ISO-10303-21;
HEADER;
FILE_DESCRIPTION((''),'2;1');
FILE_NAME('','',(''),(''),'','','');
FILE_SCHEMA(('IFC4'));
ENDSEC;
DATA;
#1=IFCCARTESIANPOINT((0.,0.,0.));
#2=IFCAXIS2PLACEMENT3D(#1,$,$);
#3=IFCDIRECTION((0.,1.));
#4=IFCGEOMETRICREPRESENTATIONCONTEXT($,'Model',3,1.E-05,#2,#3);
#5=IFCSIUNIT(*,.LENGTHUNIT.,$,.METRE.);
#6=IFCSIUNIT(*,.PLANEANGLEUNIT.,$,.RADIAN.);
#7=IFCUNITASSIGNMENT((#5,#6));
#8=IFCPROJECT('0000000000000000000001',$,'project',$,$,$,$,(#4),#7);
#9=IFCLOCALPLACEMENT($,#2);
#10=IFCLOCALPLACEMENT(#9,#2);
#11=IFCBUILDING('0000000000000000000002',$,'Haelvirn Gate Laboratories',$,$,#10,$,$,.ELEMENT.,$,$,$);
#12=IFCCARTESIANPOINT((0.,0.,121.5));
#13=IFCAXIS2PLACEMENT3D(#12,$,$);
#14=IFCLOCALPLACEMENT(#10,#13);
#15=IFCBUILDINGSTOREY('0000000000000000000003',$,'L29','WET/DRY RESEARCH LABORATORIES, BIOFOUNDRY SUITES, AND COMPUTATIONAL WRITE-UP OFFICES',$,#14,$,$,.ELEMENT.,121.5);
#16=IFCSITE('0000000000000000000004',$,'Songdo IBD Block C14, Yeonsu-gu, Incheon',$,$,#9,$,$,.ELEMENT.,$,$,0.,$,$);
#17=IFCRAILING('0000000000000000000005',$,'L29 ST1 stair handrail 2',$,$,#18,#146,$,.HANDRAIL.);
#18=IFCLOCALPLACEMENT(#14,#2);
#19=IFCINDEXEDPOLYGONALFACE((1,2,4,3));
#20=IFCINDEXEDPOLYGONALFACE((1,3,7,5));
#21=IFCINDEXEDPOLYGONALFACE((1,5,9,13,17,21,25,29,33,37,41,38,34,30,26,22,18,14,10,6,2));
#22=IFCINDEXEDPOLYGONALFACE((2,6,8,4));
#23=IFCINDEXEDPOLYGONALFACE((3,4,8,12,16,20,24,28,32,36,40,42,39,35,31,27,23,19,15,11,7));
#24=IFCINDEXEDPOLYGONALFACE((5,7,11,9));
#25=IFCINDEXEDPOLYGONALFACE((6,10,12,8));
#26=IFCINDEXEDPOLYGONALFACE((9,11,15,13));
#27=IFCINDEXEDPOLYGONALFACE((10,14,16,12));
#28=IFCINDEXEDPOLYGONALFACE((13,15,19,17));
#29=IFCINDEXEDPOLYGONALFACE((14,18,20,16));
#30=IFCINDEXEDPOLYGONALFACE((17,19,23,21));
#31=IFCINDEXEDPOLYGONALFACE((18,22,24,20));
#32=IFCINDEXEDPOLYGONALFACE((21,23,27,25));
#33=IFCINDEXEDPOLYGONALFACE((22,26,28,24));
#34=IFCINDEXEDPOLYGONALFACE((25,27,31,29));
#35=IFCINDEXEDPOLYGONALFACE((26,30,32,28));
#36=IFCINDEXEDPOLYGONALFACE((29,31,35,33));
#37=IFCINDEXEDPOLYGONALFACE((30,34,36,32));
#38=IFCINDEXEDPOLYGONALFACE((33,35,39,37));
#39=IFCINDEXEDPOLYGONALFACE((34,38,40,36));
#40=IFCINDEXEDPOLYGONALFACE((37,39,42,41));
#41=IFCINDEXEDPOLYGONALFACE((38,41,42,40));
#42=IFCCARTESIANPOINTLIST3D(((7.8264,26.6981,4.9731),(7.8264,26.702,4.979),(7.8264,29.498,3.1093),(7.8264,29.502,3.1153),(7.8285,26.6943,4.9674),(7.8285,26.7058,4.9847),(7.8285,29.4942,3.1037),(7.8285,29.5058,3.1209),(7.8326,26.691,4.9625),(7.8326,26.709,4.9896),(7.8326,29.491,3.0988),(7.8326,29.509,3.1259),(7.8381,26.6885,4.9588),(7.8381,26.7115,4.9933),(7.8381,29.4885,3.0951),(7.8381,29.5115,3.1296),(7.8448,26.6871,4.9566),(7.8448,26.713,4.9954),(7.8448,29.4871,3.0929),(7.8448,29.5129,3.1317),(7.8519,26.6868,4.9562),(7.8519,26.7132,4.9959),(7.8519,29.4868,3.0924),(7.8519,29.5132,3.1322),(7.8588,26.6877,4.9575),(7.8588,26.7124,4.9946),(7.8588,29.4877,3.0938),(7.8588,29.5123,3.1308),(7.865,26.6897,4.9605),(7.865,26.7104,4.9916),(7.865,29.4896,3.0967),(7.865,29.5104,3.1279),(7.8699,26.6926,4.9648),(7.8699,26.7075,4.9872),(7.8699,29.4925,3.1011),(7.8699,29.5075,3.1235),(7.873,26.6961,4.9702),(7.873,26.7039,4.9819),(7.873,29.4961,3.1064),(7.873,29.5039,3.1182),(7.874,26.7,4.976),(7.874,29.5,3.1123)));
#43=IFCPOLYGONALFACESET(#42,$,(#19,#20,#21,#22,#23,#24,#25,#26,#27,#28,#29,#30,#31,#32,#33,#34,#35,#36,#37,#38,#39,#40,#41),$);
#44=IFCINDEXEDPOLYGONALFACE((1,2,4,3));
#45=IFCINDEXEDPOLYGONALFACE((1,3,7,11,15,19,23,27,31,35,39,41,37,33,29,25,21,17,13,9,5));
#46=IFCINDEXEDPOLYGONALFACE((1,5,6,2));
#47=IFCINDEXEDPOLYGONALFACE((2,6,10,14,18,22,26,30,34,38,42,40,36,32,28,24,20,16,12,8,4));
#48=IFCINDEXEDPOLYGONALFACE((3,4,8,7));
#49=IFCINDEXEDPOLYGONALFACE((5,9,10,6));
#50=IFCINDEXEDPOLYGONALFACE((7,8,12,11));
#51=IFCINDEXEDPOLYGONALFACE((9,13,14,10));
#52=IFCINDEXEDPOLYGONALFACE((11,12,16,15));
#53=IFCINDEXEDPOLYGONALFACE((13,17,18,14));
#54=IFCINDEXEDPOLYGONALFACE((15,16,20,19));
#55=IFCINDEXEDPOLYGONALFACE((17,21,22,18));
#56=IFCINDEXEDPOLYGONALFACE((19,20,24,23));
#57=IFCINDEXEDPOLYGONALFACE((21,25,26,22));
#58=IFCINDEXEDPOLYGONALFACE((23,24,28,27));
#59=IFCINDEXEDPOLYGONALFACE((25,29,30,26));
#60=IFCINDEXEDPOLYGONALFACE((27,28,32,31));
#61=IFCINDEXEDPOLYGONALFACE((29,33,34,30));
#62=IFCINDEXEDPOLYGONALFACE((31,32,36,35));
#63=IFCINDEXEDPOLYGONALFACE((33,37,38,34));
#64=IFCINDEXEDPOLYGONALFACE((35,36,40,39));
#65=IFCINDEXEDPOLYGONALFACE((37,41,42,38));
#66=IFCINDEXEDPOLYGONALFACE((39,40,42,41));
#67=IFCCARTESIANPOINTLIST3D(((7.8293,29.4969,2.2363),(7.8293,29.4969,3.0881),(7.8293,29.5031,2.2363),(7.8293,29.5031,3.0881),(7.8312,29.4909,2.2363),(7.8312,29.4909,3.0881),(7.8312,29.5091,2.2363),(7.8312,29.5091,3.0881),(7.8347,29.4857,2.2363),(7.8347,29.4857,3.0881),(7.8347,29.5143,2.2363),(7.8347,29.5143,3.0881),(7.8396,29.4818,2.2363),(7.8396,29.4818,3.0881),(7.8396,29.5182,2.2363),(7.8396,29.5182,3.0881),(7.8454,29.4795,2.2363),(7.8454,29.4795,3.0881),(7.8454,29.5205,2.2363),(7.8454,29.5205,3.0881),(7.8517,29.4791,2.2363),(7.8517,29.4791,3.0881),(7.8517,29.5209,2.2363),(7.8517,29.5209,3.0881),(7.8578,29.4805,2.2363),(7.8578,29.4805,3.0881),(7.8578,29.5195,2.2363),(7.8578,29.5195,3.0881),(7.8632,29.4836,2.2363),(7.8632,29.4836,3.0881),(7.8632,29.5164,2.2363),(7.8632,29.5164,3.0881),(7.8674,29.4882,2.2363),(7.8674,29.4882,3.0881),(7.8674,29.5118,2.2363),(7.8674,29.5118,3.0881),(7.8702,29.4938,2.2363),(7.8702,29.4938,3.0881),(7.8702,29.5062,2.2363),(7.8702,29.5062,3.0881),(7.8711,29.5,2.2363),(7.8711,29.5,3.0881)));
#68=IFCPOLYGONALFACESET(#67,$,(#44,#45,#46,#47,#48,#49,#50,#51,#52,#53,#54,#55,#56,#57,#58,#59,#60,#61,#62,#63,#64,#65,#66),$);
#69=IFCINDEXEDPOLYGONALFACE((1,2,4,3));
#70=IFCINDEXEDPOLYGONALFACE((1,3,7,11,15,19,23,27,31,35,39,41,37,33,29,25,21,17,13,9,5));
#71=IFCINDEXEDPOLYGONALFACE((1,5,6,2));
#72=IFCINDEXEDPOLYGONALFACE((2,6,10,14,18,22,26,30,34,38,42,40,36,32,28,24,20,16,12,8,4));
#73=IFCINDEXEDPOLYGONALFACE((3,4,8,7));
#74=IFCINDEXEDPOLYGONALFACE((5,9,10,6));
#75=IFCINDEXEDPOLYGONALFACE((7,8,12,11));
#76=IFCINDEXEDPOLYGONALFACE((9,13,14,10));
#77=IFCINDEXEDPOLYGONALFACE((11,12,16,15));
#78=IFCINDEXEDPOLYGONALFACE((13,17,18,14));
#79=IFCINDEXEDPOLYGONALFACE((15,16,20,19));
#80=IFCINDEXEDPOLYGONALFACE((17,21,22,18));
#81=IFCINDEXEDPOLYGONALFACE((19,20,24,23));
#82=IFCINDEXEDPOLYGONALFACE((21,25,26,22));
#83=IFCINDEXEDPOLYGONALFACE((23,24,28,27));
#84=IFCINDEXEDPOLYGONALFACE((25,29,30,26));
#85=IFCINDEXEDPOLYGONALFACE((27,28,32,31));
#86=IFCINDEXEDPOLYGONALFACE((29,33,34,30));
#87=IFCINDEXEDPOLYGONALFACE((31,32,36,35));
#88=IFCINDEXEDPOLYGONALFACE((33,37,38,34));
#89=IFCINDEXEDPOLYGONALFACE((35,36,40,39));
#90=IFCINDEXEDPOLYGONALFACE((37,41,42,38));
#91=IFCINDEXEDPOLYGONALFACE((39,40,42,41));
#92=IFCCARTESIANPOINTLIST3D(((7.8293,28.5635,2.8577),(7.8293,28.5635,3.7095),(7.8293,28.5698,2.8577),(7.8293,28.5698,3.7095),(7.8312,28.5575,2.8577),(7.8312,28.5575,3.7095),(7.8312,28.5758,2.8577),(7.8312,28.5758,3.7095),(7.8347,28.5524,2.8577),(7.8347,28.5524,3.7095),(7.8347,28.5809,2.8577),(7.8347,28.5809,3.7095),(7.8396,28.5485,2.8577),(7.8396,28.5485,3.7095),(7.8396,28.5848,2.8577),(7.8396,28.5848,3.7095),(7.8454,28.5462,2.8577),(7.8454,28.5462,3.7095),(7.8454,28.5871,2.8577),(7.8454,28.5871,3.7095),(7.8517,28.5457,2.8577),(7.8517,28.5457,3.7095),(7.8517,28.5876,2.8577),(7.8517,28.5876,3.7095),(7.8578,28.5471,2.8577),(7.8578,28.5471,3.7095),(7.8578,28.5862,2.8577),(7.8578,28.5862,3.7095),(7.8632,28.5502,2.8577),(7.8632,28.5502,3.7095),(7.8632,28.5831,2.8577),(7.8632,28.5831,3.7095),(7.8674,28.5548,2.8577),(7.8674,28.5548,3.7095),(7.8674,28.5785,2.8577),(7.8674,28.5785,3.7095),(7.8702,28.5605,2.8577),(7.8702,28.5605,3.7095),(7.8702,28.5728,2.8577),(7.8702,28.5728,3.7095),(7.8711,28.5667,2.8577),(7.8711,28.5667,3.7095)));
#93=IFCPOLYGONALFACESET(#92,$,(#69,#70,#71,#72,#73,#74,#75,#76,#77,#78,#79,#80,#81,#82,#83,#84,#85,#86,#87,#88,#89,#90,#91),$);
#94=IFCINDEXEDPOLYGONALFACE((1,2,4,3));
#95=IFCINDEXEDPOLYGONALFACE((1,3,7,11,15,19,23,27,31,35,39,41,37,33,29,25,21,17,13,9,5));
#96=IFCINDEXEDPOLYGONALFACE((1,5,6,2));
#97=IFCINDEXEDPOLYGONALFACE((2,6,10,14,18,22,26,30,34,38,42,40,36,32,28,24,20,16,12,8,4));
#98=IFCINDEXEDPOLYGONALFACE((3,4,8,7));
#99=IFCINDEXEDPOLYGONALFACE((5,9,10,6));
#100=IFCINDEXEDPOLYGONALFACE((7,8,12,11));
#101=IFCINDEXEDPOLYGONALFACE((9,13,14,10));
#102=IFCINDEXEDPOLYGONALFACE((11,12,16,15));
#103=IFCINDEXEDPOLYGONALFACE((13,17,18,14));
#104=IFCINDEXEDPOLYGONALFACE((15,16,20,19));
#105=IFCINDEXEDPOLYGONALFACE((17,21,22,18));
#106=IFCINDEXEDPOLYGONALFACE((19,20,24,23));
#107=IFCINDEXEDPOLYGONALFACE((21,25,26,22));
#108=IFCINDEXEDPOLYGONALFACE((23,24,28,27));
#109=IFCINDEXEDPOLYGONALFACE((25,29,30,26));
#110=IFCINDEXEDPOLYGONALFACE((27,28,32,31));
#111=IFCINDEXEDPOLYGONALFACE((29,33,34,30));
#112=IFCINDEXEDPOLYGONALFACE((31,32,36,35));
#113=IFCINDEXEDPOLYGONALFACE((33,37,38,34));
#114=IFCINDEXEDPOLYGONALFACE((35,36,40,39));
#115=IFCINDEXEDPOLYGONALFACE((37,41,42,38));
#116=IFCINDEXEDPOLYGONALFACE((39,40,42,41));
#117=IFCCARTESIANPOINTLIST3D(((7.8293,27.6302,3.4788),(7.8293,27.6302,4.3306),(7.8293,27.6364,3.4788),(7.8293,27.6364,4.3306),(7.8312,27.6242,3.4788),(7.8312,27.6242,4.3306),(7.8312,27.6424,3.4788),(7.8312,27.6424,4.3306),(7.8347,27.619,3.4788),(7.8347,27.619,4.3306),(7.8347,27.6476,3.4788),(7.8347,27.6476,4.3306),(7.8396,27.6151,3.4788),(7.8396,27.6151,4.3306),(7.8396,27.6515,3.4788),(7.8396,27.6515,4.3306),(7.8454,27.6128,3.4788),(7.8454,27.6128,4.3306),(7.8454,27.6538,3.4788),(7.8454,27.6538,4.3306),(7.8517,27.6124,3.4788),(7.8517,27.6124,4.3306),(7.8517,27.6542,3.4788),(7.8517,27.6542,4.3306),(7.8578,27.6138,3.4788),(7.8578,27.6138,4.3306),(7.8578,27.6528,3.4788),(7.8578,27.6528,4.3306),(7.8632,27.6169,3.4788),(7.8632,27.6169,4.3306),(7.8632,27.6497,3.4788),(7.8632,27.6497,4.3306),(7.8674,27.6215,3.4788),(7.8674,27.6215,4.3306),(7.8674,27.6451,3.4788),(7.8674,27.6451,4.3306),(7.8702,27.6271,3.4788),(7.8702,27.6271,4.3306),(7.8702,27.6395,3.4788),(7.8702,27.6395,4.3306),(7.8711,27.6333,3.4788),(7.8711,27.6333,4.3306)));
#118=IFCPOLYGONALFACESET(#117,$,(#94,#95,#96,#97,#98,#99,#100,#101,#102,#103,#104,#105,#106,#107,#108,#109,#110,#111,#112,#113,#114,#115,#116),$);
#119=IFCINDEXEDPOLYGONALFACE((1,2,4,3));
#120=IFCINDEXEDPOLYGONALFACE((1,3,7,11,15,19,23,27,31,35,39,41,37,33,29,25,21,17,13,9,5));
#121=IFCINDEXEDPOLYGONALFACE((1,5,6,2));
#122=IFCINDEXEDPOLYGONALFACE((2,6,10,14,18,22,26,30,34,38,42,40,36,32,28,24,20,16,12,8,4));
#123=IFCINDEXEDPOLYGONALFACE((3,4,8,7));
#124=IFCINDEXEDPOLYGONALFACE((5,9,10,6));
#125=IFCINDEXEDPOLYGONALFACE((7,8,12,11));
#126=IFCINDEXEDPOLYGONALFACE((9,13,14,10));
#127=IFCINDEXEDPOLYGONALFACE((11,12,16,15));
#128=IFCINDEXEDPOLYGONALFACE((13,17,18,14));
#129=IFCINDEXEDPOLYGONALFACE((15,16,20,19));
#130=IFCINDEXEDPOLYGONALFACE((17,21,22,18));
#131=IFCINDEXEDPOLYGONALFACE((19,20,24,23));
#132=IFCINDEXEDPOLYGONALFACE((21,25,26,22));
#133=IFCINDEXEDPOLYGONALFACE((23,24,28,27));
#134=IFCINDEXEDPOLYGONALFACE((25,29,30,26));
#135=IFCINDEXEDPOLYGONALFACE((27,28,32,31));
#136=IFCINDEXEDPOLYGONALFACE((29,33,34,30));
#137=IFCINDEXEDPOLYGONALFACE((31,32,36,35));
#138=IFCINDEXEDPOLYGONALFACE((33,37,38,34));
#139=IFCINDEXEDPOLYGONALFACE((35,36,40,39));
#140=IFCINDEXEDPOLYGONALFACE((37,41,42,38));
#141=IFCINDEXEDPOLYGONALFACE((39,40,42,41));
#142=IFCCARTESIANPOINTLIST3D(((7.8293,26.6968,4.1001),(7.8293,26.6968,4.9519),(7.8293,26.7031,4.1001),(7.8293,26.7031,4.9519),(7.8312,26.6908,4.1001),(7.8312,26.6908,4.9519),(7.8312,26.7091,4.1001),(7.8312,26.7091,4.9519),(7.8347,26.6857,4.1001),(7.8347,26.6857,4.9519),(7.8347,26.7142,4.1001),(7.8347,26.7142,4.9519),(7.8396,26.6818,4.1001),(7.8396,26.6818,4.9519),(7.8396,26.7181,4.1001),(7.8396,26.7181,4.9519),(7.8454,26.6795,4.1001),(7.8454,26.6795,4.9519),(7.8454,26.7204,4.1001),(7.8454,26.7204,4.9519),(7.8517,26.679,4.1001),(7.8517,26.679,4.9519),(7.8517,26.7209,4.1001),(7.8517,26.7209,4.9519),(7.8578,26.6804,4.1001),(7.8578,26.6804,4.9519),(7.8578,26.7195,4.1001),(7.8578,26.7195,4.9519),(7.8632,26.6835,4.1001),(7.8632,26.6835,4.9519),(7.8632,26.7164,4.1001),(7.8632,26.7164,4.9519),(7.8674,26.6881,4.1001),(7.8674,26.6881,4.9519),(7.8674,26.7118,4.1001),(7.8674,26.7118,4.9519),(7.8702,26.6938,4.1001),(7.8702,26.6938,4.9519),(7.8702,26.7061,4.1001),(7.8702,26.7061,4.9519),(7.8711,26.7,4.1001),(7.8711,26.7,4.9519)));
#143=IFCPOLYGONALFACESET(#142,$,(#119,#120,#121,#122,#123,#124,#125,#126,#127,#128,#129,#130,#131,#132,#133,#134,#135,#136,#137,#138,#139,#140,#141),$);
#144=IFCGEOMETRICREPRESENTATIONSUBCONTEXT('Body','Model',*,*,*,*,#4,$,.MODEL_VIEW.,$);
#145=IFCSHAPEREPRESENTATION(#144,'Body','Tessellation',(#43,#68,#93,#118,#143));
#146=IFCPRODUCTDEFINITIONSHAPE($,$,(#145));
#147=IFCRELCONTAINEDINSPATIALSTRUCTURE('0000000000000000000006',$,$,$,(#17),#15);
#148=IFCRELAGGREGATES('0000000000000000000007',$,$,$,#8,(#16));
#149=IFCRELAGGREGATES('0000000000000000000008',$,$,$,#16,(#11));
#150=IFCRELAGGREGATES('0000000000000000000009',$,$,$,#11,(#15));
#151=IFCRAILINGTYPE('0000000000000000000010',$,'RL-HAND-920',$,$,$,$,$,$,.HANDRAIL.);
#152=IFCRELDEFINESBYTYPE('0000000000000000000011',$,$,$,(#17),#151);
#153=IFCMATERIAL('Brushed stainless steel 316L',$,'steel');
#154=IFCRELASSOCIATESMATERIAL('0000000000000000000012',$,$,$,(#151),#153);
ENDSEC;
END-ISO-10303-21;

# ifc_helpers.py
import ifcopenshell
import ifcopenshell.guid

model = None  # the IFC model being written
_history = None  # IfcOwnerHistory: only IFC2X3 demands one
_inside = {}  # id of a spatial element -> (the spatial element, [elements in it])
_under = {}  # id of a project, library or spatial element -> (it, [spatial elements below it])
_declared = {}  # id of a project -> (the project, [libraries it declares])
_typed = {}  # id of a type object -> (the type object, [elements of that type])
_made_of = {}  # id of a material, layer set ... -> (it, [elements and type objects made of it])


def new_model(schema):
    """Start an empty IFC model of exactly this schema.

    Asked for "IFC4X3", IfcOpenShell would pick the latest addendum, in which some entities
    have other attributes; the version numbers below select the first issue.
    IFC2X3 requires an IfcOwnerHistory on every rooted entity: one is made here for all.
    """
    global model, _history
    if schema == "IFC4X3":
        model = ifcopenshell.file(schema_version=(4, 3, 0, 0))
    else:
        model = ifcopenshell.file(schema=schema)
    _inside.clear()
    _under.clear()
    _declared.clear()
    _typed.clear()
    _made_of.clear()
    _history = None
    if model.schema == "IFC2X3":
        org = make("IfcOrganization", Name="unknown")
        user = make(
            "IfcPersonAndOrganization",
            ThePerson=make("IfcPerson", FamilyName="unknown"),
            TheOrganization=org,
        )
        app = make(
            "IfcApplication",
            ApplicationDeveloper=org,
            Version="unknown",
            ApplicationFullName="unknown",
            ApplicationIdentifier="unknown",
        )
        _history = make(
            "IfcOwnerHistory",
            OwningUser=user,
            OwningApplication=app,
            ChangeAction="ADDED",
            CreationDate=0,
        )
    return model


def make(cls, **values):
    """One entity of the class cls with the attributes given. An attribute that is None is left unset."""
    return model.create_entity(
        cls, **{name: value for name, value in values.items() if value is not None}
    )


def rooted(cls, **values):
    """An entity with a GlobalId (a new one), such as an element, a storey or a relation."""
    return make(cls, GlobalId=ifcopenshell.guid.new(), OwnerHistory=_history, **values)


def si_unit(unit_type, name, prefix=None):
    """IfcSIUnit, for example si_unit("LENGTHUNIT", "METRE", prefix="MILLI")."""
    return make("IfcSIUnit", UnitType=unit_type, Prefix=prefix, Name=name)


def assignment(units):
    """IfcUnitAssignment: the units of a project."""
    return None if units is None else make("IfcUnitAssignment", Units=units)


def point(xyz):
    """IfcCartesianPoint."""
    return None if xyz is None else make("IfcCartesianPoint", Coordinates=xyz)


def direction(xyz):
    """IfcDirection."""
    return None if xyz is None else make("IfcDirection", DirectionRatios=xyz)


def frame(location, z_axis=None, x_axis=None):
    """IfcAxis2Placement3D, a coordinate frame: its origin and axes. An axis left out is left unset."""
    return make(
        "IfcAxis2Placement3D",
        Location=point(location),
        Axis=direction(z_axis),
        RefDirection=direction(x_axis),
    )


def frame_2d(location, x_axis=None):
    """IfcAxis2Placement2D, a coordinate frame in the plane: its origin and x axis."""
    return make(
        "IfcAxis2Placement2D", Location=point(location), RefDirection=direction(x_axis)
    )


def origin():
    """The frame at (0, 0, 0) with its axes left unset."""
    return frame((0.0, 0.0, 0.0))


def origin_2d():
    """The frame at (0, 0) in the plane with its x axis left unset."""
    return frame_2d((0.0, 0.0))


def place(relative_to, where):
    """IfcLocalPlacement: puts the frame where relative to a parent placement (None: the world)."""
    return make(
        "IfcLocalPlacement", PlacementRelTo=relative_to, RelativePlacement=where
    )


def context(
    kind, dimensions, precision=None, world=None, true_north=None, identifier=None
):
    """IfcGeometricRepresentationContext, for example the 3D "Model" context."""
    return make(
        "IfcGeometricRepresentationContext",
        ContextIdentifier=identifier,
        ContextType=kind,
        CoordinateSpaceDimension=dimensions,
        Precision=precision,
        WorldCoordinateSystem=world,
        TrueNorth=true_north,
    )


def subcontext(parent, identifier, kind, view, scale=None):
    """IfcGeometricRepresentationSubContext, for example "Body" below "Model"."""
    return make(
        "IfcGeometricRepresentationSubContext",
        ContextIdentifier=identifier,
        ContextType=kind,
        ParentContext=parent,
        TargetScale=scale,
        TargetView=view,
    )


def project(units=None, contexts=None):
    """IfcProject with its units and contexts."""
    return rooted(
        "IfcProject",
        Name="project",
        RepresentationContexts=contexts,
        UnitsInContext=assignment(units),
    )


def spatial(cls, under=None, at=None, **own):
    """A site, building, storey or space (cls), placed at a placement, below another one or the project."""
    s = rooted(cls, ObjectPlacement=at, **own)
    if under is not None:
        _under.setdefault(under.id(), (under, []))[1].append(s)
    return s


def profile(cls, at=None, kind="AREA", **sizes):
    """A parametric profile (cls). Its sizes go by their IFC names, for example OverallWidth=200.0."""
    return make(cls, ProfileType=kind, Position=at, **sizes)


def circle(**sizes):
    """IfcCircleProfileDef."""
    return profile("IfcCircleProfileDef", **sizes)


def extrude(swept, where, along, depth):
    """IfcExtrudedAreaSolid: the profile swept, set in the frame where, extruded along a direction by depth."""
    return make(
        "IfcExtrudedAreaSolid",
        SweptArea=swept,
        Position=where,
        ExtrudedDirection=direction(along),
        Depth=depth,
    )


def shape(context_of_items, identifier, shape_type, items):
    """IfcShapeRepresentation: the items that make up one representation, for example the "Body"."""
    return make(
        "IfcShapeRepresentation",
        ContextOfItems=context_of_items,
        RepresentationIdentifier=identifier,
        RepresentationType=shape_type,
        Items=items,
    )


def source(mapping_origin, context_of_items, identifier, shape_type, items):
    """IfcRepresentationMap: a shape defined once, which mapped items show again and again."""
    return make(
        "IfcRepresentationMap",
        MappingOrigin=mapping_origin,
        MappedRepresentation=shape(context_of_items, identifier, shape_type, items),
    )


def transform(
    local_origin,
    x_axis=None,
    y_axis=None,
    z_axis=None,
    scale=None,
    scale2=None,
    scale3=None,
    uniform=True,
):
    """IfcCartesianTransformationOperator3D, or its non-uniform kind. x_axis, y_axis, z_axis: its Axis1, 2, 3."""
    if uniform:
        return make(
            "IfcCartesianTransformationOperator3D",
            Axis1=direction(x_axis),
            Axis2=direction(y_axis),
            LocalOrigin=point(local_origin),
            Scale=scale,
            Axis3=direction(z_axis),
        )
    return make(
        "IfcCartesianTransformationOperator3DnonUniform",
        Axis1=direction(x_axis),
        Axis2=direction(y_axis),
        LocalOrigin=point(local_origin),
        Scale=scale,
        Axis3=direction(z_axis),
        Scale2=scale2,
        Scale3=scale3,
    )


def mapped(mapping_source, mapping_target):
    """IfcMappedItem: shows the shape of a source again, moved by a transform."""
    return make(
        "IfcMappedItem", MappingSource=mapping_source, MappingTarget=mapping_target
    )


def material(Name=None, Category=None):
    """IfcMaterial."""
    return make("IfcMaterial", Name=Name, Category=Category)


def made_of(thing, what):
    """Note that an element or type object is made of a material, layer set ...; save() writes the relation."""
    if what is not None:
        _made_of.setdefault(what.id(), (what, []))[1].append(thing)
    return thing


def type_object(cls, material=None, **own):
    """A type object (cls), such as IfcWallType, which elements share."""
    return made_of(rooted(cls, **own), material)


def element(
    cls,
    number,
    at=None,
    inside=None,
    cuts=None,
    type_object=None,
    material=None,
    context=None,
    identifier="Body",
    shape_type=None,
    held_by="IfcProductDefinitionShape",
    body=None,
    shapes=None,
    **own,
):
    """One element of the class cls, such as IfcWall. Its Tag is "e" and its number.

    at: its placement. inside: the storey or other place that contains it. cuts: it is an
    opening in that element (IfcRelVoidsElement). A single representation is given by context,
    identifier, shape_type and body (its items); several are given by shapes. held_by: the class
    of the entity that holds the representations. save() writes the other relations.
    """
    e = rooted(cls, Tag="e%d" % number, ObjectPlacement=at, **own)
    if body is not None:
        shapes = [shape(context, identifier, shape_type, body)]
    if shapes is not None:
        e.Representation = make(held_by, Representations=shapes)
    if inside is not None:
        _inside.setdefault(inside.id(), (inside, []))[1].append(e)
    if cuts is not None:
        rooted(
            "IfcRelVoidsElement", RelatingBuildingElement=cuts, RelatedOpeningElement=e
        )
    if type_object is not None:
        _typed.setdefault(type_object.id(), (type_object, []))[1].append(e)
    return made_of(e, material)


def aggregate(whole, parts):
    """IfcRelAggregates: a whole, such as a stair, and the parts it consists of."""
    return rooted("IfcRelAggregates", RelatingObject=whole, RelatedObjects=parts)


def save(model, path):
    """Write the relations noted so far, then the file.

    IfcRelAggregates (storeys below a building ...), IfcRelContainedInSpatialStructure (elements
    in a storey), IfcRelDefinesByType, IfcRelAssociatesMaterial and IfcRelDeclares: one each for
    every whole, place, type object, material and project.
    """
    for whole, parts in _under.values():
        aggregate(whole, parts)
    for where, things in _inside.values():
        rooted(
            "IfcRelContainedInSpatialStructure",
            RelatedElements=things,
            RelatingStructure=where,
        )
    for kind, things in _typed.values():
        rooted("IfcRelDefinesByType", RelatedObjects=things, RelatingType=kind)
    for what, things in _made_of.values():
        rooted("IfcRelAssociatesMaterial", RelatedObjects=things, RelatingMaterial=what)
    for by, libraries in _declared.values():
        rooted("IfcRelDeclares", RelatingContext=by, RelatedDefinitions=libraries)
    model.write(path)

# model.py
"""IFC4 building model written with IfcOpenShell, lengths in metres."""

from ifc_helpers import new_model, si_unit, direction, frame, origin, origin_2d, place, context, subcontext, project, spatial, circle, extrude, source, transform, mapped, material, type_object, element, save


model = new_model("IFC4")

# Units and contexts
model_context = context("Model", 3, precision=1e-05, world=origin(), true_north=direction((0.0, 1.0)))
body_context = subcontext(model_context, "Body", "Model", "MODEL_VIEW")
ifc_project = project(units=[si_unit("LENGTHUNIT", "METRE"), si_unit("PLANEANGLEUNIT", "RADIAN")], contexts=[model_context])

# Site, building, storey
site_placement = place(None, origin())
site = spatial("IfcSite", under=ifc_project, at=site_placement, Name="Songdo IBD Block C14, Yeonsu-gu, Incheon", CompositionType="ELEMENT", RefElevation=0.0)
building_placement = place(site_placement, origin())
building = spatial("IfcBuilding", under=site, at=building_placement, Name="Haelvirn Gate Laboratories", CompositionType="ELEMENT")
storey_placement = place(building_placement, frame((0.0, 0.0, 121.5)))
storey = spatial("IfcBuildingStorey", under=building, at=storey_placement, Name="L29", Description="WET/DRY RESEARCH LABORATORIES, BIOFOUNDRY SUITES, AND COMPUTATIONAL WRITE-UP OFFICES", CompositionType="ELEMENT", Elevation=121.5)

# Railing
ifc_material_1 = material(Name="Brushed stainless steel 316L", Category="steel")
railing_type_1 = type_object("IfcRailingType", Name="RL-HAND-920", PredefinedType="HANDRAIL", material=ifc_material_1)
shared_shape_1 = source(origin(), body_context, "Body", "SweptSolid", [
    extrude(circle(Radius=0.0239, at=origin_2d()), frame((0.0, 0.0, 0.876), z_axis=(0.0, -0.832452, 0.554097), x_axis=(1.0, 0.0, 0.0)), (0.0, 0.0, 1.0), 3.3635),
    extrude(circle(Radius=0.021, at=origin_2d()), origin(), (0.0, 0.0, 1.0), 0.8518),
    extrude(circle(Radius=0.021, at=origin_2d()), frame((0.0, -0.9333, 0.6213)), (0.0, 0.0, 1.0), 0.8518),
    extrude(circle(Radius=0.021, at=origin_2d()), frame((0.0, -1.8667, 1.2424)), (0.0, 0.0, 1.0), 0.8518),
    extrude(circle(Radius=0.021, at=origin_2d()), frame((0.0, -2.8, 1.8638)), (0.0, 0.0, 1.0), 0.8518),
])
railing_1_placement = place(storey_placement, frame((7.8501, 29.5, 2.2363)))
element("IfcRailing", 1, at=railing_1_placement, inside=storey, type_object=railing_type_1, Name="L29 ST1 stair handrail 2", PredefinedType="HANDRAIL", context=body_context, shape_type="MappedRepresentation", body=[
    mapped(shared_shape_1, transform((0.0, 0.0, 0.0), scale=1.0)),
])

save(model, "model.ifc")
